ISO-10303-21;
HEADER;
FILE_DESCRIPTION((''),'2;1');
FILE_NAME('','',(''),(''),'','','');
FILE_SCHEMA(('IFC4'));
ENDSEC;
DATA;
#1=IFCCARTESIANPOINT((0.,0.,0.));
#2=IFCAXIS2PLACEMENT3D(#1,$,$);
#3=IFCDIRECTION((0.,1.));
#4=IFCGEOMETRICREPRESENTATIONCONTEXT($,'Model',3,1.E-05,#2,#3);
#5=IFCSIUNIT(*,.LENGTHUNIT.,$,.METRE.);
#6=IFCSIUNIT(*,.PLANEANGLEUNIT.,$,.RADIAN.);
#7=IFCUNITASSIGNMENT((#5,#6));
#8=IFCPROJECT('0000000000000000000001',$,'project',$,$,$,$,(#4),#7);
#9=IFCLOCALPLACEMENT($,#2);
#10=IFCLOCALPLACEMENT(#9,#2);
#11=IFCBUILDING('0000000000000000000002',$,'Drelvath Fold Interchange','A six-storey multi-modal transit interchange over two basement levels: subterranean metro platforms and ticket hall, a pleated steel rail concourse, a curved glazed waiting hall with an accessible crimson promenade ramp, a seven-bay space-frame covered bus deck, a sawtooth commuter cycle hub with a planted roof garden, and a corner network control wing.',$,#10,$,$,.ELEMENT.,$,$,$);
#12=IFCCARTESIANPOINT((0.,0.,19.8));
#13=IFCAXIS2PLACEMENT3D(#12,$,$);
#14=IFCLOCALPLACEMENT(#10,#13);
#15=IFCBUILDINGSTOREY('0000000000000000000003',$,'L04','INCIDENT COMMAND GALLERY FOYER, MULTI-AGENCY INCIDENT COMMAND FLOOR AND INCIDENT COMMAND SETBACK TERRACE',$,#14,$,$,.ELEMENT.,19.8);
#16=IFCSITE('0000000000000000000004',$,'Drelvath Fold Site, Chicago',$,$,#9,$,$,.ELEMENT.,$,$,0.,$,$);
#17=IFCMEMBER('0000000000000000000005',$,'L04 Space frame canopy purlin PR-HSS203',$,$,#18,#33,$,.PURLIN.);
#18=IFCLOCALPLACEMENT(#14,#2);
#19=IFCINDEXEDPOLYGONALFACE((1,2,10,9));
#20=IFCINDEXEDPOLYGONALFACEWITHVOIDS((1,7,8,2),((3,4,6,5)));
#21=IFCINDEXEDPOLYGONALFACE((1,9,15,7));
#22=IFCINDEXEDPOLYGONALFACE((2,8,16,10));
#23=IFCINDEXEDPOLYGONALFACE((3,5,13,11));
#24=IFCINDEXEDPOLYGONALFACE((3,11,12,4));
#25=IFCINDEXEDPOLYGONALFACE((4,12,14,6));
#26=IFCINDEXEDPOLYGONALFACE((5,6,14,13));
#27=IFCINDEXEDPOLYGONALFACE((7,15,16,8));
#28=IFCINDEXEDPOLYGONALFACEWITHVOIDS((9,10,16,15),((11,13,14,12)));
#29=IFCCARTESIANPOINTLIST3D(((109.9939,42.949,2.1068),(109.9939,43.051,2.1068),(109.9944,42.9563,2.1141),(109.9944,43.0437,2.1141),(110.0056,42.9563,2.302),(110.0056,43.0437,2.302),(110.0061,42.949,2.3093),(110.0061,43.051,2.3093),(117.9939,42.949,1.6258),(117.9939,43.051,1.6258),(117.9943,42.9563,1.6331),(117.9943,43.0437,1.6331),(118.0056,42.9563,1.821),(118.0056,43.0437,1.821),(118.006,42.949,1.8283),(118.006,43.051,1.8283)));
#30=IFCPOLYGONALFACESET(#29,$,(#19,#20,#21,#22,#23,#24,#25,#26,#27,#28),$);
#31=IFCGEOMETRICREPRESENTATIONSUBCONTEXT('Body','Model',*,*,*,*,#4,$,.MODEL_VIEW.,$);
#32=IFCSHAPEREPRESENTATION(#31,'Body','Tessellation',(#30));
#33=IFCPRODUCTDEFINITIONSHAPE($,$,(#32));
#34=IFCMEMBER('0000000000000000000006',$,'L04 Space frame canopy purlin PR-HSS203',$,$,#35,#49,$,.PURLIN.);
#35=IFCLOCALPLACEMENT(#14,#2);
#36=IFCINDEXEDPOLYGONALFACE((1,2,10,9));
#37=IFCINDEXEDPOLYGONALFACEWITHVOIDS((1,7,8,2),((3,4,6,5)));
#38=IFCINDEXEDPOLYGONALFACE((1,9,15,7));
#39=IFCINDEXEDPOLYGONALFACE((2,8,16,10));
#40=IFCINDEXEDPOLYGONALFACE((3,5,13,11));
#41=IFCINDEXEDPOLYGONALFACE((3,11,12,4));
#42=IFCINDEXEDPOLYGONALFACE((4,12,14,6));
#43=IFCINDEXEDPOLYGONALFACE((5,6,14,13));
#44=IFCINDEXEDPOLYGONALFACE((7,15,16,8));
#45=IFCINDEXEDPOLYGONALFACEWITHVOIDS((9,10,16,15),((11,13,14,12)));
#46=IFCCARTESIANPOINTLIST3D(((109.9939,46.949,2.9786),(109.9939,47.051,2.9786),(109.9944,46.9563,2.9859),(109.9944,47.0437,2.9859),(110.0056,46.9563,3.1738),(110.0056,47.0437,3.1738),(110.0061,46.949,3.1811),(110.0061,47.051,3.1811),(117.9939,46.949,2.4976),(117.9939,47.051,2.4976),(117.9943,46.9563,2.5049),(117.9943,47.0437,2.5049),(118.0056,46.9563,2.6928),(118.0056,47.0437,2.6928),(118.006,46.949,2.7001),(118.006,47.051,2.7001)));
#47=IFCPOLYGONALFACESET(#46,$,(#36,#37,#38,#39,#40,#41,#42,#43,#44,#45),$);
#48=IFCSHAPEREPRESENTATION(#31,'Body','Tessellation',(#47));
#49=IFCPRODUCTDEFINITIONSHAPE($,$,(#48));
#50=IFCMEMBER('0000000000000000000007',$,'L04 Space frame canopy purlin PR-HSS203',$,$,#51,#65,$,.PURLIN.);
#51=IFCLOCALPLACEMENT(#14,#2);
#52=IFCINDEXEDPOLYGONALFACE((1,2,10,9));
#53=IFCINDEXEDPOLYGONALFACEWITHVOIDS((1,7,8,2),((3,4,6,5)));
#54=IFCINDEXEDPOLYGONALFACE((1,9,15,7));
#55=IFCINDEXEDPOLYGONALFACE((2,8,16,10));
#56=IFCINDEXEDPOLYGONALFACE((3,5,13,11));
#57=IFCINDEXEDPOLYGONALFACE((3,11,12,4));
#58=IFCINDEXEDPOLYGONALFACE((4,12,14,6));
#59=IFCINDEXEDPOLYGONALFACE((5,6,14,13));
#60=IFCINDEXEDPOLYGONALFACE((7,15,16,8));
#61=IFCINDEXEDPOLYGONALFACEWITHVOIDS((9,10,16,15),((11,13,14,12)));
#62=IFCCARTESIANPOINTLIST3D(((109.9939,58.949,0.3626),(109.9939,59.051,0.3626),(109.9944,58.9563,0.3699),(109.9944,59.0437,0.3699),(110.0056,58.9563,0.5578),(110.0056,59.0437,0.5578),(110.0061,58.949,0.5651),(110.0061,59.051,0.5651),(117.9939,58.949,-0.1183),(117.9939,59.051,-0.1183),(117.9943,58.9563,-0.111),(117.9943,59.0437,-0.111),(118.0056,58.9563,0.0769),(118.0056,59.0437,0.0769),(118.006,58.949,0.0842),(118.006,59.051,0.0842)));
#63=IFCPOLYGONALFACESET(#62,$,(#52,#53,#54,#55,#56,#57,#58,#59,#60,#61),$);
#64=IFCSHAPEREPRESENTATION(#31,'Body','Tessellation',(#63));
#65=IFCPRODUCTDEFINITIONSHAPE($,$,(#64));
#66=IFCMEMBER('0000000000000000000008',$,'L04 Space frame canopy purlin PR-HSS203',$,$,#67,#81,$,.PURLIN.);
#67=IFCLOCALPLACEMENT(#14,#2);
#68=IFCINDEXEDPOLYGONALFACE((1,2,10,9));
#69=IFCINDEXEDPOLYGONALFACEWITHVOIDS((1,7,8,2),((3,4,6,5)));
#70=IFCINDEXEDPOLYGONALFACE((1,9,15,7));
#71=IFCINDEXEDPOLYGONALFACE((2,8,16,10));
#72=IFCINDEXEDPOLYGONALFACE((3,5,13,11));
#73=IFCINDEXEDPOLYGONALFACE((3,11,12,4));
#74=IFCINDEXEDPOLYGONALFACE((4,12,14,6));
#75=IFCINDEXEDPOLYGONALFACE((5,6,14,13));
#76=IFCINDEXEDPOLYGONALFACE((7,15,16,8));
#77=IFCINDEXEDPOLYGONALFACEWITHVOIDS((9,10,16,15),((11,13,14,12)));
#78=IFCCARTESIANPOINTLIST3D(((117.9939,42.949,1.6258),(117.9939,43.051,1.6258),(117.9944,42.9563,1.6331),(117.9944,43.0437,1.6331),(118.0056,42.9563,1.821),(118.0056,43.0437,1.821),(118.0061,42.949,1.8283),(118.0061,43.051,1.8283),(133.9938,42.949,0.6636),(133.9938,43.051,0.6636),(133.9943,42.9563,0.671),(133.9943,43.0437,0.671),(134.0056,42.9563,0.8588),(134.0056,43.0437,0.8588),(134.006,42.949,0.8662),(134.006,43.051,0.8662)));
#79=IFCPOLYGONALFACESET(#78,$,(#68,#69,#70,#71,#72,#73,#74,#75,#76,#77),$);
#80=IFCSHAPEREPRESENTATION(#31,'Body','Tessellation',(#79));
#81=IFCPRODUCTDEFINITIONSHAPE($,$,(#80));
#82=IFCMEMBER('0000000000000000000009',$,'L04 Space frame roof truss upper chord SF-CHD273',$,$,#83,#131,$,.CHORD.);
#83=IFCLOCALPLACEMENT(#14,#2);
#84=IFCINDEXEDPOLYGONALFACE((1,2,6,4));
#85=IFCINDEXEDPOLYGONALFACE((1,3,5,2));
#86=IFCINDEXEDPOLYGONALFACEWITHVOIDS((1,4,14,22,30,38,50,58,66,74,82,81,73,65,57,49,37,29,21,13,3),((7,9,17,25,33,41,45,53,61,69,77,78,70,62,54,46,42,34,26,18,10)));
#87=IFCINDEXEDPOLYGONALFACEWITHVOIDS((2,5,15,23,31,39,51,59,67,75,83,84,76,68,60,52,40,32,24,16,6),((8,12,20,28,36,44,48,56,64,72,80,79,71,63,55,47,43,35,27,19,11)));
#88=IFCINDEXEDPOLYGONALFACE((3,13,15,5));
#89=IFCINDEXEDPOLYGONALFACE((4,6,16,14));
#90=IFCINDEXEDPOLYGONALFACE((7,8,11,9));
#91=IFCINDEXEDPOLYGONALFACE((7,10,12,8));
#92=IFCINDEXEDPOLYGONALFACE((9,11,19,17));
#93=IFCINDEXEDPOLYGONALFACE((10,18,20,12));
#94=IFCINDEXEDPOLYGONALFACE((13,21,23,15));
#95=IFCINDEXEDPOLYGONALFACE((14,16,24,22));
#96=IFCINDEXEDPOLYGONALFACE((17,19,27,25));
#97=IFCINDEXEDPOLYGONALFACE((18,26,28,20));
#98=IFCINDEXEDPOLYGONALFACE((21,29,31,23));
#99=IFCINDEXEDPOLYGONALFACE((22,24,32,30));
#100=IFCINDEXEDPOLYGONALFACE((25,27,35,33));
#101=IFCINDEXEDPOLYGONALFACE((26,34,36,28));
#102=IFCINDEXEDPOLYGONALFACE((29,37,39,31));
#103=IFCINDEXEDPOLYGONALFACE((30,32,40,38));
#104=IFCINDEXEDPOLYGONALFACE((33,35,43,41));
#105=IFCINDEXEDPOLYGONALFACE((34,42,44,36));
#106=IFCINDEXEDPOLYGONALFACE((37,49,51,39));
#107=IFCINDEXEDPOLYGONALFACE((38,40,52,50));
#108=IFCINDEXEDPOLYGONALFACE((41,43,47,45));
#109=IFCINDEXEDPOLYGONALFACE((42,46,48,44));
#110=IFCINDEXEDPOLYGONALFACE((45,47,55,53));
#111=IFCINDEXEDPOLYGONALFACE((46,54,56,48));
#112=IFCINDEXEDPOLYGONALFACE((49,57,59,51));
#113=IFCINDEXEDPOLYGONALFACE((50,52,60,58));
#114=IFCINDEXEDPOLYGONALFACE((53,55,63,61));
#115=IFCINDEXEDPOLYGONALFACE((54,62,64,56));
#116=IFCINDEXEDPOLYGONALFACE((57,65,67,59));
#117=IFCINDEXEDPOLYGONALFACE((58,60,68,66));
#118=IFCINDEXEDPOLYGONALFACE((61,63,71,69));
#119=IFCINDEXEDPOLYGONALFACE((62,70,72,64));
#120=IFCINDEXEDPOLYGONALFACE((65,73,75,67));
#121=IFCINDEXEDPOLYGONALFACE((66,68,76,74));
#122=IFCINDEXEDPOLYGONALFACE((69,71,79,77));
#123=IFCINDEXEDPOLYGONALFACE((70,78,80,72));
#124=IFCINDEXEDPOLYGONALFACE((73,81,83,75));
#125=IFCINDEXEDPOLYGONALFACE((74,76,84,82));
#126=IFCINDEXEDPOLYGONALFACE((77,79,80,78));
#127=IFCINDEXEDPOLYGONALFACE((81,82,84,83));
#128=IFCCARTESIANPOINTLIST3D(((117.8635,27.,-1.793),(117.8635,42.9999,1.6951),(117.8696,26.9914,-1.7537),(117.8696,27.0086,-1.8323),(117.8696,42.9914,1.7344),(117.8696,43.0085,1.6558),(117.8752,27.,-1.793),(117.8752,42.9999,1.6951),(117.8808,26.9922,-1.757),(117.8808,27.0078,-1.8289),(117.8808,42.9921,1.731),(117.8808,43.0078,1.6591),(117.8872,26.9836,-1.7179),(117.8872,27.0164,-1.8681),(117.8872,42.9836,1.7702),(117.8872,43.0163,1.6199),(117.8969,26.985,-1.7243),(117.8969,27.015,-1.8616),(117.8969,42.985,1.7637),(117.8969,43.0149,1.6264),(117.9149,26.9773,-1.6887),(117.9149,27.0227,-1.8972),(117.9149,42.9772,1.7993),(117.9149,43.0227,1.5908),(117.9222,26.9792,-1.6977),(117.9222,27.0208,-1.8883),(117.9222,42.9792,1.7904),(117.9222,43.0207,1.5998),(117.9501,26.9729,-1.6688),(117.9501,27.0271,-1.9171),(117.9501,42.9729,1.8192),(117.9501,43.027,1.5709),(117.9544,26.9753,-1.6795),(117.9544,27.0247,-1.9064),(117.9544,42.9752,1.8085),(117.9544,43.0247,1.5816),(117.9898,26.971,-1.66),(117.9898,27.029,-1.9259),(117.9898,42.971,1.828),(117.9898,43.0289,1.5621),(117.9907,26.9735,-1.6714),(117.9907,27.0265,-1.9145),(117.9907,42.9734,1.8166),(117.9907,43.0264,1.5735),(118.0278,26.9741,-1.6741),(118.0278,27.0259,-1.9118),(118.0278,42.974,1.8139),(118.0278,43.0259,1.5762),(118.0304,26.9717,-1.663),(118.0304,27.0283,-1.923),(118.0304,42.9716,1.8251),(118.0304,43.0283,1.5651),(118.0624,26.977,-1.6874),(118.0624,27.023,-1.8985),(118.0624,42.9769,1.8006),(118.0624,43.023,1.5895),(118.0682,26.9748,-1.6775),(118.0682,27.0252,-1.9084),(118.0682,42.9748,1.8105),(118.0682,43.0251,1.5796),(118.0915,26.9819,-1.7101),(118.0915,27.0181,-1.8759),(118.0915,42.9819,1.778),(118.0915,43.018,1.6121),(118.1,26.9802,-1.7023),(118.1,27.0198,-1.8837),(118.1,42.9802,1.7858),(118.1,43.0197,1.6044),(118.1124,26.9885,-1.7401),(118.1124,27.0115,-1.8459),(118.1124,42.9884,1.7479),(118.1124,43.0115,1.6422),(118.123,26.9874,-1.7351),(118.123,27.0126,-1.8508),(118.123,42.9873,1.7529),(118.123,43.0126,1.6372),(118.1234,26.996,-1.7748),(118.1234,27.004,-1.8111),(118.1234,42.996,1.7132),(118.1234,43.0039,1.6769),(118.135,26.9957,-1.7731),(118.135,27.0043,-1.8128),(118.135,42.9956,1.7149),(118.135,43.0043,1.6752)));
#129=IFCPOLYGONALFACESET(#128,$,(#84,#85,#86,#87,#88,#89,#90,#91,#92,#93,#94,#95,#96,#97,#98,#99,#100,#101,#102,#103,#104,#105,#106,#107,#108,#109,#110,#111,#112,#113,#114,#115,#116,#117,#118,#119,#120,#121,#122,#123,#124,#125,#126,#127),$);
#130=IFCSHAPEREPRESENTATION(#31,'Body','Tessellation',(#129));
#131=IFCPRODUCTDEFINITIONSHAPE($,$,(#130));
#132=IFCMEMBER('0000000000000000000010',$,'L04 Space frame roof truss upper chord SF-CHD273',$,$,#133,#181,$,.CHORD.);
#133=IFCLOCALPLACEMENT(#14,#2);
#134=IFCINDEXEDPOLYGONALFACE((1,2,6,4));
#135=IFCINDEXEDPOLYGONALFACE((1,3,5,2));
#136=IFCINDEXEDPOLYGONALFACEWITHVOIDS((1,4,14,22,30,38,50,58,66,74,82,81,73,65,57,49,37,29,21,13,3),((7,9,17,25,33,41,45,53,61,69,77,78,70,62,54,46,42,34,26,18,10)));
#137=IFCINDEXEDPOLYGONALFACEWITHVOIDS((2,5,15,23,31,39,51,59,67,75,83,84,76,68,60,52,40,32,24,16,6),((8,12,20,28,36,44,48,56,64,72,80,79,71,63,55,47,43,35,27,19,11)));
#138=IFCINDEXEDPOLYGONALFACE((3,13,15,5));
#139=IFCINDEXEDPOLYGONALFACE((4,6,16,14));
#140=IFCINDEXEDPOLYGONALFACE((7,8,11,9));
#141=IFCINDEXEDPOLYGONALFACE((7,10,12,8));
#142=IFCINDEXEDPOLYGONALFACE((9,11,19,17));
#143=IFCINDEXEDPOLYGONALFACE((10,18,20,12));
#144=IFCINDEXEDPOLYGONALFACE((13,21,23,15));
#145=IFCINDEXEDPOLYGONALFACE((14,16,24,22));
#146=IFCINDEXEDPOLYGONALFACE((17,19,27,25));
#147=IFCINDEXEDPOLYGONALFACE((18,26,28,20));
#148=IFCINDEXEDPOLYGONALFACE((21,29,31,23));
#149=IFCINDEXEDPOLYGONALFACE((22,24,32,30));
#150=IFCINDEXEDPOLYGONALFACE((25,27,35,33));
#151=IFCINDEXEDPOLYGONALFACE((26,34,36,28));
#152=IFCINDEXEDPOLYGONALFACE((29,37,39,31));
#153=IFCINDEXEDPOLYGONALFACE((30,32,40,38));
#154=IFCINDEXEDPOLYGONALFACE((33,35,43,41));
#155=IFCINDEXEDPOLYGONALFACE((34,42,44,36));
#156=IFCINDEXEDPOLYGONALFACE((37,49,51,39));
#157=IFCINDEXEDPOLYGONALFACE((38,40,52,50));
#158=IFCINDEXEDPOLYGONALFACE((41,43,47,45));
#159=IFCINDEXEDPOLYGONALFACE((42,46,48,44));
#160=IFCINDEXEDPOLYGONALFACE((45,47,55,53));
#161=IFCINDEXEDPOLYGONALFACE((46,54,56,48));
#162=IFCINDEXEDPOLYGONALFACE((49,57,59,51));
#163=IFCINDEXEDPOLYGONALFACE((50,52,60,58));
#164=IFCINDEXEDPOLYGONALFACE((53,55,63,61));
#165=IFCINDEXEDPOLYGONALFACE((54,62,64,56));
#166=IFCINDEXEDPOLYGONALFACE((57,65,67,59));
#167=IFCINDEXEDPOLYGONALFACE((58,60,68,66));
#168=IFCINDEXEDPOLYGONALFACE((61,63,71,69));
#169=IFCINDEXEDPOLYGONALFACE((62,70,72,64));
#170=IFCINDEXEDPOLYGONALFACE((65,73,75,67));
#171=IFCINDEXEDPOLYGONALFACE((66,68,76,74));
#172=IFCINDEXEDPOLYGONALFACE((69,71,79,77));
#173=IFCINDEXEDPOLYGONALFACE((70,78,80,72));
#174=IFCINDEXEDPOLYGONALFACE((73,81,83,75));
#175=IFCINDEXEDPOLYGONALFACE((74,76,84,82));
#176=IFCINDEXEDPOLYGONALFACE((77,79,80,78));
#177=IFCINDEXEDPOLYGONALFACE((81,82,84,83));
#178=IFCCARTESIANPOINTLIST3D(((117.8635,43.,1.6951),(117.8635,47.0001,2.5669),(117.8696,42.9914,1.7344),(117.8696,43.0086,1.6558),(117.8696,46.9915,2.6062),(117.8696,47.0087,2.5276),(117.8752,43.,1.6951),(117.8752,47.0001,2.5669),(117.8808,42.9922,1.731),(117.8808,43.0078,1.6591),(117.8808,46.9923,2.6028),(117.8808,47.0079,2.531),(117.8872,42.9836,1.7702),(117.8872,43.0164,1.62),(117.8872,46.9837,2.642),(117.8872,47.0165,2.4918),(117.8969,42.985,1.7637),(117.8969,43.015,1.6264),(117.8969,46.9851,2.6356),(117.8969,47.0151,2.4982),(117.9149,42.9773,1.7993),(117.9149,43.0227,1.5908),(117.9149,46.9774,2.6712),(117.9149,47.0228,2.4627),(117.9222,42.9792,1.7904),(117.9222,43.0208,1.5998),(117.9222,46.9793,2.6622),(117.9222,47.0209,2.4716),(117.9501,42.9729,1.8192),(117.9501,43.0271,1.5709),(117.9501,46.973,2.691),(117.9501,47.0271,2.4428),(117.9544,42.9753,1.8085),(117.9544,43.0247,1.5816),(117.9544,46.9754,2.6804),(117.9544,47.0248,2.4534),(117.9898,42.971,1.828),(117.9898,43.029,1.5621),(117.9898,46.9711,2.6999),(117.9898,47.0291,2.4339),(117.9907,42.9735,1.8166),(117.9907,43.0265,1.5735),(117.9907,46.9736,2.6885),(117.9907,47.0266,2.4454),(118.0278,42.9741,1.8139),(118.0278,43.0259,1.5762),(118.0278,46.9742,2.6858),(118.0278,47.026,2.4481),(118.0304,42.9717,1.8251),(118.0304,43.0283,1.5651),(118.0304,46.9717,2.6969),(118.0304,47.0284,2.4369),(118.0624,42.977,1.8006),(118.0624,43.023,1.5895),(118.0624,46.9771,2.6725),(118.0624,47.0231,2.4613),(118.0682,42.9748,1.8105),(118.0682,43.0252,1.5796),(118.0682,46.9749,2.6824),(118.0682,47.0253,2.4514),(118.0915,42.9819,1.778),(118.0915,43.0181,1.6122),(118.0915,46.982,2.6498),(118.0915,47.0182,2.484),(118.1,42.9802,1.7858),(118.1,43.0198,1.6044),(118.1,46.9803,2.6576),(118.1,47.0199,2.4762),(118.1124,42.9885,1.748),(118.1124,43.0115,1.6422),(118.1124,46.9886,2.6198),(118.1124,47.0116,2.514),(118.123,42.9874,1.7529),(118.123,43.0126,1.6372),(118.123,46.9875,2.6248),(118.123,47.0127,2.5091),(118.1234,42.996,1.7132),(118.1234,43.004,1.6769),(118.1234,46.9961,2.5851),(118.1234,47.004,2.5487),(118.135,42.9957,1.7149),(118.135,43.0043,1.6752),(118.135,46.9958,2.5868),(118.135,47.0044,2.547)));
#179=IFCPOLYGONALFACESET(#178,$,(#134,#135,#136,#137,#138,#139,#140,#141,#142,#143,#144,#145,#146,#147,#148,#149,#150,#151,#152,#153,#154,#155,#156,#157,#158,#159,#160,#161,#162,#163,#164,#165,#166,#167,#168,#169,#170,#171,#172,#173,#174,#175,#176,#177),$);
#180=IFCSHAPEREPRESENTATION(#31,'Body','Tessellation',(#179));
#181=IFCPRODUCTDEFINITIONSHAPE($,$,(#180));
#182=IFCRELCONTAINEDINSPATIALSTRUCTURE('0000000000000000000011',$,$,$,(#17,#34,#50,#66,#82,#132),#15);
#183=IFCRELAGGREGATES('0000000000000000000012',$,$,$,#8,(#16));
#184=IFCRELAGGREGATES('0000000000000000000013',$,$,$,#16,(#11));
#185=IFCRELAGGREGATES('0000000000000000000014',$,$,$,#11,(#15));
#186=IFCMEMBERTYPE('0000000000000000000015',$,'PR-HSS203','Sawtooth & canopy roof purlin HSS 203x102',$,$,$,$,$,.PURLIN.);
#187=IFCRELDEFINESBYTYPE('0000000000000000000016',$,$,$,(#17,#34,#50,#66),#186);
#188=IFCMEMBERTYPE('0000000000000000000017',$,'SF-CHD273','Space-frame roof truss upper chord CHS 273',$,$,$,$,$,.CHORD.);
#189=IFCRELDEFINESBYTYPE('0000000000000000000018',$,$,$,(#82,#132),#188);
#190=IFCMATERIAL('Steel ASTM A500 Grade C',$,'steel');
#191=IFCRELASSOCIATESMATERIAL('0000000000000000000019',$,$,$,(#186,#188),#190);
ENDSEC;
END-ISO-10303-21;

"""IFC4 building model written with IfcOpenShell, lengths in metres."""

from ifc_helpers import new_model, si_unit, direction, frame, origin, origin_2d, place, context, subcontext, project, spatial, hollow_rectangle, hollow_circle, extrude, material, material_profile, profile_set, type_object, element, save


model = new_model("IFC4")

# Units and contexts
model_context = context("Model", 3, precision=1e-05, world=origin(), true_north=direction((0.0, 1.0)))
body_context = subcontext(model_context, "Body", "Model", "MODEL_VIEW")
ifc_project = project(units=[si_unit("LENGTHUNIT", "METRE"), si_unit("PLANEANGLEUNIT", "RADIAN")], contexts=[model_context])

# Site, building, storey
site_placement = place(None, origin())
site = spatial("IfcSite", under=ifc_project, at=site_placement, Name="Drelvath Fold Site, Chicago", CompositionType="ELEMENT", RefElevation=0.0)
building_placement = place(site_placement, origin())
building = spatial("IfcBuilding", under=site, at=building_placement, Name="Drelvath Fold Interchange", Description="A six-storey multi-modal transit interchange over two basement levels: subterranean metro platforms and ticket hall, a pleated steel rail concourse, a curved glazed waiting hall with an accessible crimson promenade ramp, a seven-bay space-frame covered bus deck, a sawtooth commuter cycle hub with a planted roof garden, and a corner network control wing.", CompositionType="ELEMENT")
storey_placement = place(building_placement, frame((0.0, 0.0, 19.8)))
storey = spatial("IfcBuildingStorey", under=building, at=storey_placement, Name="L04", Description="INCIDENT COMMAND GALLERY FOYER, MULTI-AGENCY INCIDENT COMMAND FLOOR AND INCIDENT COMMAND SETBACK TERRACE", CompositionType="ELEMENT", Elevation=19.8)

# Members
ifc_material_1 = material(Name="Steel ASTM A500 Grade C", Category="steel")
ifc_material_profile_1 = material_profile(ifc_material_1, hollow_rectangle(XDim=0.1021, YDim=0.2029, WallThickness=0.0073, at=origin_2d()), Name="HSS8X4X5/16")
ifc_profile_set_1 = profile_set([ifc_material_profile_1], Name="Steel ASTM A500 Grade C")
member_type_1 = type_object("IfcMemberType", Name="PR-HSS203", Description="Sawtooth & canopy roof purlin HSS 203x102", PredefinedType="PURLIN", material=ifc_profile_set_1)
for number, where, z_axis, x_axis, name in (
    (1, (110.0, 43.0, 2.208), (0.998198, 0.0, -0.060011), (0.0, 1.0, 0.0), "L04 Space frame canopy purlin PR-HSS203"),
    (2, (110.0, 47.0, 3.0798), (0.998198, 0.0, -0.060011), (0.0, 1.0, 0.0), "L04 Space frame canopy purlin PR-HSS203"),
    (3, (110.0, 59.0, 0.4639), (0.998198, 0.0, -0.060011), (0.0, 1.0, 0.0), "L04 Space frame canopy purlin PR-HSS203"),
):
    element("IfcMember", number, at=place(storey_placement, frame(where, z_axis=z_axis, x_axis=x_axis)), inside=storey, type_object=member_type_1, Name=name, PredefinedType="PURLIN", context=body_context, shape_type="SweptSolid", body=[
        extrude(hollow_rectangle(XDim=0.1021, YDim=0.2029, WallThickness=0.0073, at=origin_2d()), origin(), (0.0, 0.0, 1.0), 8.0144),
    ])
member_1_placement = place(storey_placement, frame((118.0, 43.0, 1.7271), z_axis=(0.998197, 0.0, -0.060026), x_axis=(0.0, 1.0, 0.0)))
element("IfcMember", 4, at=member_1_placement, inside=storey, type_object=member_type_1, Name="L04 Space frame canopy purlin PR-HSS203", PredefinedType="PURLIN", context=body_context, shape_type="SweptSolid", body=[
    extrude(hollow_rectangle(XDim=0.1021, YDim=0.2029, WallThickness=0.0073, at=origin_2d()), origin(), (0.0, 0.0, 1.0), 16.0288),
])
ifc_material_profile_2 = material_profile(ifc_material_1, hollow_circle(Radius=0.1365, WallThickness=0.0117, at=origin_2d()), Name="HSS10.750X0.500")
ifc_profile_set_2 = profile_set([ifc_material_profile_2], Name="Steel ASTM A500 Grade C")
member_type_2 = type_object("IfcMemberType", Name="SF-CHD273", Description="Space-frame roof truss upper chord CHS 273", PredefinedType="CHORD", material=ifc_profile_set_2)
member_2_placement = place(storey_placement, frame((118.0, 27.0, -1.793), z_axis=(0.0, 0.977052, 0.213), x_axis=(-1.0, 0.0, 0.0)))
element("IfcMember", 5, at=member_2_placement, inside=storey, type_object=member_type_2, Name="L04 Space frame roof truss upper chord SF-CHD273", PredefinedType="CHORD", context=body_context, shape_type="SweptSolid", body=[
    extrude(hollow_circle(Radius=0.1365, WallThickness=0.0117, at=origin_2d()), origin(), (0.0, 0.0, 1.0), 16.3757),
])
member_3_placement = place(storey_placement, frame((118.0, 43.0, 1.6951), z_axis=(0.0, 0.977062, 0.212957), x_axis=(-1.0, 0.0, 0.0)))
element("IfcMember", 6, at=member_3_placement, inside=storey, type_object=member_type_2, Name="L04 Space frame roof truss upper chord SF-CHD273", PredefinedType="CHORD", context=body_context, shape_type="SweptSolid", body=[
    extrude(hollow_circle(Radius=0.1365, WallThickness=0.0117, at=origin_2d()), origin(), (0.0, 0.0, 1.0), 4.094),
])

save(model, "model.ifc")
